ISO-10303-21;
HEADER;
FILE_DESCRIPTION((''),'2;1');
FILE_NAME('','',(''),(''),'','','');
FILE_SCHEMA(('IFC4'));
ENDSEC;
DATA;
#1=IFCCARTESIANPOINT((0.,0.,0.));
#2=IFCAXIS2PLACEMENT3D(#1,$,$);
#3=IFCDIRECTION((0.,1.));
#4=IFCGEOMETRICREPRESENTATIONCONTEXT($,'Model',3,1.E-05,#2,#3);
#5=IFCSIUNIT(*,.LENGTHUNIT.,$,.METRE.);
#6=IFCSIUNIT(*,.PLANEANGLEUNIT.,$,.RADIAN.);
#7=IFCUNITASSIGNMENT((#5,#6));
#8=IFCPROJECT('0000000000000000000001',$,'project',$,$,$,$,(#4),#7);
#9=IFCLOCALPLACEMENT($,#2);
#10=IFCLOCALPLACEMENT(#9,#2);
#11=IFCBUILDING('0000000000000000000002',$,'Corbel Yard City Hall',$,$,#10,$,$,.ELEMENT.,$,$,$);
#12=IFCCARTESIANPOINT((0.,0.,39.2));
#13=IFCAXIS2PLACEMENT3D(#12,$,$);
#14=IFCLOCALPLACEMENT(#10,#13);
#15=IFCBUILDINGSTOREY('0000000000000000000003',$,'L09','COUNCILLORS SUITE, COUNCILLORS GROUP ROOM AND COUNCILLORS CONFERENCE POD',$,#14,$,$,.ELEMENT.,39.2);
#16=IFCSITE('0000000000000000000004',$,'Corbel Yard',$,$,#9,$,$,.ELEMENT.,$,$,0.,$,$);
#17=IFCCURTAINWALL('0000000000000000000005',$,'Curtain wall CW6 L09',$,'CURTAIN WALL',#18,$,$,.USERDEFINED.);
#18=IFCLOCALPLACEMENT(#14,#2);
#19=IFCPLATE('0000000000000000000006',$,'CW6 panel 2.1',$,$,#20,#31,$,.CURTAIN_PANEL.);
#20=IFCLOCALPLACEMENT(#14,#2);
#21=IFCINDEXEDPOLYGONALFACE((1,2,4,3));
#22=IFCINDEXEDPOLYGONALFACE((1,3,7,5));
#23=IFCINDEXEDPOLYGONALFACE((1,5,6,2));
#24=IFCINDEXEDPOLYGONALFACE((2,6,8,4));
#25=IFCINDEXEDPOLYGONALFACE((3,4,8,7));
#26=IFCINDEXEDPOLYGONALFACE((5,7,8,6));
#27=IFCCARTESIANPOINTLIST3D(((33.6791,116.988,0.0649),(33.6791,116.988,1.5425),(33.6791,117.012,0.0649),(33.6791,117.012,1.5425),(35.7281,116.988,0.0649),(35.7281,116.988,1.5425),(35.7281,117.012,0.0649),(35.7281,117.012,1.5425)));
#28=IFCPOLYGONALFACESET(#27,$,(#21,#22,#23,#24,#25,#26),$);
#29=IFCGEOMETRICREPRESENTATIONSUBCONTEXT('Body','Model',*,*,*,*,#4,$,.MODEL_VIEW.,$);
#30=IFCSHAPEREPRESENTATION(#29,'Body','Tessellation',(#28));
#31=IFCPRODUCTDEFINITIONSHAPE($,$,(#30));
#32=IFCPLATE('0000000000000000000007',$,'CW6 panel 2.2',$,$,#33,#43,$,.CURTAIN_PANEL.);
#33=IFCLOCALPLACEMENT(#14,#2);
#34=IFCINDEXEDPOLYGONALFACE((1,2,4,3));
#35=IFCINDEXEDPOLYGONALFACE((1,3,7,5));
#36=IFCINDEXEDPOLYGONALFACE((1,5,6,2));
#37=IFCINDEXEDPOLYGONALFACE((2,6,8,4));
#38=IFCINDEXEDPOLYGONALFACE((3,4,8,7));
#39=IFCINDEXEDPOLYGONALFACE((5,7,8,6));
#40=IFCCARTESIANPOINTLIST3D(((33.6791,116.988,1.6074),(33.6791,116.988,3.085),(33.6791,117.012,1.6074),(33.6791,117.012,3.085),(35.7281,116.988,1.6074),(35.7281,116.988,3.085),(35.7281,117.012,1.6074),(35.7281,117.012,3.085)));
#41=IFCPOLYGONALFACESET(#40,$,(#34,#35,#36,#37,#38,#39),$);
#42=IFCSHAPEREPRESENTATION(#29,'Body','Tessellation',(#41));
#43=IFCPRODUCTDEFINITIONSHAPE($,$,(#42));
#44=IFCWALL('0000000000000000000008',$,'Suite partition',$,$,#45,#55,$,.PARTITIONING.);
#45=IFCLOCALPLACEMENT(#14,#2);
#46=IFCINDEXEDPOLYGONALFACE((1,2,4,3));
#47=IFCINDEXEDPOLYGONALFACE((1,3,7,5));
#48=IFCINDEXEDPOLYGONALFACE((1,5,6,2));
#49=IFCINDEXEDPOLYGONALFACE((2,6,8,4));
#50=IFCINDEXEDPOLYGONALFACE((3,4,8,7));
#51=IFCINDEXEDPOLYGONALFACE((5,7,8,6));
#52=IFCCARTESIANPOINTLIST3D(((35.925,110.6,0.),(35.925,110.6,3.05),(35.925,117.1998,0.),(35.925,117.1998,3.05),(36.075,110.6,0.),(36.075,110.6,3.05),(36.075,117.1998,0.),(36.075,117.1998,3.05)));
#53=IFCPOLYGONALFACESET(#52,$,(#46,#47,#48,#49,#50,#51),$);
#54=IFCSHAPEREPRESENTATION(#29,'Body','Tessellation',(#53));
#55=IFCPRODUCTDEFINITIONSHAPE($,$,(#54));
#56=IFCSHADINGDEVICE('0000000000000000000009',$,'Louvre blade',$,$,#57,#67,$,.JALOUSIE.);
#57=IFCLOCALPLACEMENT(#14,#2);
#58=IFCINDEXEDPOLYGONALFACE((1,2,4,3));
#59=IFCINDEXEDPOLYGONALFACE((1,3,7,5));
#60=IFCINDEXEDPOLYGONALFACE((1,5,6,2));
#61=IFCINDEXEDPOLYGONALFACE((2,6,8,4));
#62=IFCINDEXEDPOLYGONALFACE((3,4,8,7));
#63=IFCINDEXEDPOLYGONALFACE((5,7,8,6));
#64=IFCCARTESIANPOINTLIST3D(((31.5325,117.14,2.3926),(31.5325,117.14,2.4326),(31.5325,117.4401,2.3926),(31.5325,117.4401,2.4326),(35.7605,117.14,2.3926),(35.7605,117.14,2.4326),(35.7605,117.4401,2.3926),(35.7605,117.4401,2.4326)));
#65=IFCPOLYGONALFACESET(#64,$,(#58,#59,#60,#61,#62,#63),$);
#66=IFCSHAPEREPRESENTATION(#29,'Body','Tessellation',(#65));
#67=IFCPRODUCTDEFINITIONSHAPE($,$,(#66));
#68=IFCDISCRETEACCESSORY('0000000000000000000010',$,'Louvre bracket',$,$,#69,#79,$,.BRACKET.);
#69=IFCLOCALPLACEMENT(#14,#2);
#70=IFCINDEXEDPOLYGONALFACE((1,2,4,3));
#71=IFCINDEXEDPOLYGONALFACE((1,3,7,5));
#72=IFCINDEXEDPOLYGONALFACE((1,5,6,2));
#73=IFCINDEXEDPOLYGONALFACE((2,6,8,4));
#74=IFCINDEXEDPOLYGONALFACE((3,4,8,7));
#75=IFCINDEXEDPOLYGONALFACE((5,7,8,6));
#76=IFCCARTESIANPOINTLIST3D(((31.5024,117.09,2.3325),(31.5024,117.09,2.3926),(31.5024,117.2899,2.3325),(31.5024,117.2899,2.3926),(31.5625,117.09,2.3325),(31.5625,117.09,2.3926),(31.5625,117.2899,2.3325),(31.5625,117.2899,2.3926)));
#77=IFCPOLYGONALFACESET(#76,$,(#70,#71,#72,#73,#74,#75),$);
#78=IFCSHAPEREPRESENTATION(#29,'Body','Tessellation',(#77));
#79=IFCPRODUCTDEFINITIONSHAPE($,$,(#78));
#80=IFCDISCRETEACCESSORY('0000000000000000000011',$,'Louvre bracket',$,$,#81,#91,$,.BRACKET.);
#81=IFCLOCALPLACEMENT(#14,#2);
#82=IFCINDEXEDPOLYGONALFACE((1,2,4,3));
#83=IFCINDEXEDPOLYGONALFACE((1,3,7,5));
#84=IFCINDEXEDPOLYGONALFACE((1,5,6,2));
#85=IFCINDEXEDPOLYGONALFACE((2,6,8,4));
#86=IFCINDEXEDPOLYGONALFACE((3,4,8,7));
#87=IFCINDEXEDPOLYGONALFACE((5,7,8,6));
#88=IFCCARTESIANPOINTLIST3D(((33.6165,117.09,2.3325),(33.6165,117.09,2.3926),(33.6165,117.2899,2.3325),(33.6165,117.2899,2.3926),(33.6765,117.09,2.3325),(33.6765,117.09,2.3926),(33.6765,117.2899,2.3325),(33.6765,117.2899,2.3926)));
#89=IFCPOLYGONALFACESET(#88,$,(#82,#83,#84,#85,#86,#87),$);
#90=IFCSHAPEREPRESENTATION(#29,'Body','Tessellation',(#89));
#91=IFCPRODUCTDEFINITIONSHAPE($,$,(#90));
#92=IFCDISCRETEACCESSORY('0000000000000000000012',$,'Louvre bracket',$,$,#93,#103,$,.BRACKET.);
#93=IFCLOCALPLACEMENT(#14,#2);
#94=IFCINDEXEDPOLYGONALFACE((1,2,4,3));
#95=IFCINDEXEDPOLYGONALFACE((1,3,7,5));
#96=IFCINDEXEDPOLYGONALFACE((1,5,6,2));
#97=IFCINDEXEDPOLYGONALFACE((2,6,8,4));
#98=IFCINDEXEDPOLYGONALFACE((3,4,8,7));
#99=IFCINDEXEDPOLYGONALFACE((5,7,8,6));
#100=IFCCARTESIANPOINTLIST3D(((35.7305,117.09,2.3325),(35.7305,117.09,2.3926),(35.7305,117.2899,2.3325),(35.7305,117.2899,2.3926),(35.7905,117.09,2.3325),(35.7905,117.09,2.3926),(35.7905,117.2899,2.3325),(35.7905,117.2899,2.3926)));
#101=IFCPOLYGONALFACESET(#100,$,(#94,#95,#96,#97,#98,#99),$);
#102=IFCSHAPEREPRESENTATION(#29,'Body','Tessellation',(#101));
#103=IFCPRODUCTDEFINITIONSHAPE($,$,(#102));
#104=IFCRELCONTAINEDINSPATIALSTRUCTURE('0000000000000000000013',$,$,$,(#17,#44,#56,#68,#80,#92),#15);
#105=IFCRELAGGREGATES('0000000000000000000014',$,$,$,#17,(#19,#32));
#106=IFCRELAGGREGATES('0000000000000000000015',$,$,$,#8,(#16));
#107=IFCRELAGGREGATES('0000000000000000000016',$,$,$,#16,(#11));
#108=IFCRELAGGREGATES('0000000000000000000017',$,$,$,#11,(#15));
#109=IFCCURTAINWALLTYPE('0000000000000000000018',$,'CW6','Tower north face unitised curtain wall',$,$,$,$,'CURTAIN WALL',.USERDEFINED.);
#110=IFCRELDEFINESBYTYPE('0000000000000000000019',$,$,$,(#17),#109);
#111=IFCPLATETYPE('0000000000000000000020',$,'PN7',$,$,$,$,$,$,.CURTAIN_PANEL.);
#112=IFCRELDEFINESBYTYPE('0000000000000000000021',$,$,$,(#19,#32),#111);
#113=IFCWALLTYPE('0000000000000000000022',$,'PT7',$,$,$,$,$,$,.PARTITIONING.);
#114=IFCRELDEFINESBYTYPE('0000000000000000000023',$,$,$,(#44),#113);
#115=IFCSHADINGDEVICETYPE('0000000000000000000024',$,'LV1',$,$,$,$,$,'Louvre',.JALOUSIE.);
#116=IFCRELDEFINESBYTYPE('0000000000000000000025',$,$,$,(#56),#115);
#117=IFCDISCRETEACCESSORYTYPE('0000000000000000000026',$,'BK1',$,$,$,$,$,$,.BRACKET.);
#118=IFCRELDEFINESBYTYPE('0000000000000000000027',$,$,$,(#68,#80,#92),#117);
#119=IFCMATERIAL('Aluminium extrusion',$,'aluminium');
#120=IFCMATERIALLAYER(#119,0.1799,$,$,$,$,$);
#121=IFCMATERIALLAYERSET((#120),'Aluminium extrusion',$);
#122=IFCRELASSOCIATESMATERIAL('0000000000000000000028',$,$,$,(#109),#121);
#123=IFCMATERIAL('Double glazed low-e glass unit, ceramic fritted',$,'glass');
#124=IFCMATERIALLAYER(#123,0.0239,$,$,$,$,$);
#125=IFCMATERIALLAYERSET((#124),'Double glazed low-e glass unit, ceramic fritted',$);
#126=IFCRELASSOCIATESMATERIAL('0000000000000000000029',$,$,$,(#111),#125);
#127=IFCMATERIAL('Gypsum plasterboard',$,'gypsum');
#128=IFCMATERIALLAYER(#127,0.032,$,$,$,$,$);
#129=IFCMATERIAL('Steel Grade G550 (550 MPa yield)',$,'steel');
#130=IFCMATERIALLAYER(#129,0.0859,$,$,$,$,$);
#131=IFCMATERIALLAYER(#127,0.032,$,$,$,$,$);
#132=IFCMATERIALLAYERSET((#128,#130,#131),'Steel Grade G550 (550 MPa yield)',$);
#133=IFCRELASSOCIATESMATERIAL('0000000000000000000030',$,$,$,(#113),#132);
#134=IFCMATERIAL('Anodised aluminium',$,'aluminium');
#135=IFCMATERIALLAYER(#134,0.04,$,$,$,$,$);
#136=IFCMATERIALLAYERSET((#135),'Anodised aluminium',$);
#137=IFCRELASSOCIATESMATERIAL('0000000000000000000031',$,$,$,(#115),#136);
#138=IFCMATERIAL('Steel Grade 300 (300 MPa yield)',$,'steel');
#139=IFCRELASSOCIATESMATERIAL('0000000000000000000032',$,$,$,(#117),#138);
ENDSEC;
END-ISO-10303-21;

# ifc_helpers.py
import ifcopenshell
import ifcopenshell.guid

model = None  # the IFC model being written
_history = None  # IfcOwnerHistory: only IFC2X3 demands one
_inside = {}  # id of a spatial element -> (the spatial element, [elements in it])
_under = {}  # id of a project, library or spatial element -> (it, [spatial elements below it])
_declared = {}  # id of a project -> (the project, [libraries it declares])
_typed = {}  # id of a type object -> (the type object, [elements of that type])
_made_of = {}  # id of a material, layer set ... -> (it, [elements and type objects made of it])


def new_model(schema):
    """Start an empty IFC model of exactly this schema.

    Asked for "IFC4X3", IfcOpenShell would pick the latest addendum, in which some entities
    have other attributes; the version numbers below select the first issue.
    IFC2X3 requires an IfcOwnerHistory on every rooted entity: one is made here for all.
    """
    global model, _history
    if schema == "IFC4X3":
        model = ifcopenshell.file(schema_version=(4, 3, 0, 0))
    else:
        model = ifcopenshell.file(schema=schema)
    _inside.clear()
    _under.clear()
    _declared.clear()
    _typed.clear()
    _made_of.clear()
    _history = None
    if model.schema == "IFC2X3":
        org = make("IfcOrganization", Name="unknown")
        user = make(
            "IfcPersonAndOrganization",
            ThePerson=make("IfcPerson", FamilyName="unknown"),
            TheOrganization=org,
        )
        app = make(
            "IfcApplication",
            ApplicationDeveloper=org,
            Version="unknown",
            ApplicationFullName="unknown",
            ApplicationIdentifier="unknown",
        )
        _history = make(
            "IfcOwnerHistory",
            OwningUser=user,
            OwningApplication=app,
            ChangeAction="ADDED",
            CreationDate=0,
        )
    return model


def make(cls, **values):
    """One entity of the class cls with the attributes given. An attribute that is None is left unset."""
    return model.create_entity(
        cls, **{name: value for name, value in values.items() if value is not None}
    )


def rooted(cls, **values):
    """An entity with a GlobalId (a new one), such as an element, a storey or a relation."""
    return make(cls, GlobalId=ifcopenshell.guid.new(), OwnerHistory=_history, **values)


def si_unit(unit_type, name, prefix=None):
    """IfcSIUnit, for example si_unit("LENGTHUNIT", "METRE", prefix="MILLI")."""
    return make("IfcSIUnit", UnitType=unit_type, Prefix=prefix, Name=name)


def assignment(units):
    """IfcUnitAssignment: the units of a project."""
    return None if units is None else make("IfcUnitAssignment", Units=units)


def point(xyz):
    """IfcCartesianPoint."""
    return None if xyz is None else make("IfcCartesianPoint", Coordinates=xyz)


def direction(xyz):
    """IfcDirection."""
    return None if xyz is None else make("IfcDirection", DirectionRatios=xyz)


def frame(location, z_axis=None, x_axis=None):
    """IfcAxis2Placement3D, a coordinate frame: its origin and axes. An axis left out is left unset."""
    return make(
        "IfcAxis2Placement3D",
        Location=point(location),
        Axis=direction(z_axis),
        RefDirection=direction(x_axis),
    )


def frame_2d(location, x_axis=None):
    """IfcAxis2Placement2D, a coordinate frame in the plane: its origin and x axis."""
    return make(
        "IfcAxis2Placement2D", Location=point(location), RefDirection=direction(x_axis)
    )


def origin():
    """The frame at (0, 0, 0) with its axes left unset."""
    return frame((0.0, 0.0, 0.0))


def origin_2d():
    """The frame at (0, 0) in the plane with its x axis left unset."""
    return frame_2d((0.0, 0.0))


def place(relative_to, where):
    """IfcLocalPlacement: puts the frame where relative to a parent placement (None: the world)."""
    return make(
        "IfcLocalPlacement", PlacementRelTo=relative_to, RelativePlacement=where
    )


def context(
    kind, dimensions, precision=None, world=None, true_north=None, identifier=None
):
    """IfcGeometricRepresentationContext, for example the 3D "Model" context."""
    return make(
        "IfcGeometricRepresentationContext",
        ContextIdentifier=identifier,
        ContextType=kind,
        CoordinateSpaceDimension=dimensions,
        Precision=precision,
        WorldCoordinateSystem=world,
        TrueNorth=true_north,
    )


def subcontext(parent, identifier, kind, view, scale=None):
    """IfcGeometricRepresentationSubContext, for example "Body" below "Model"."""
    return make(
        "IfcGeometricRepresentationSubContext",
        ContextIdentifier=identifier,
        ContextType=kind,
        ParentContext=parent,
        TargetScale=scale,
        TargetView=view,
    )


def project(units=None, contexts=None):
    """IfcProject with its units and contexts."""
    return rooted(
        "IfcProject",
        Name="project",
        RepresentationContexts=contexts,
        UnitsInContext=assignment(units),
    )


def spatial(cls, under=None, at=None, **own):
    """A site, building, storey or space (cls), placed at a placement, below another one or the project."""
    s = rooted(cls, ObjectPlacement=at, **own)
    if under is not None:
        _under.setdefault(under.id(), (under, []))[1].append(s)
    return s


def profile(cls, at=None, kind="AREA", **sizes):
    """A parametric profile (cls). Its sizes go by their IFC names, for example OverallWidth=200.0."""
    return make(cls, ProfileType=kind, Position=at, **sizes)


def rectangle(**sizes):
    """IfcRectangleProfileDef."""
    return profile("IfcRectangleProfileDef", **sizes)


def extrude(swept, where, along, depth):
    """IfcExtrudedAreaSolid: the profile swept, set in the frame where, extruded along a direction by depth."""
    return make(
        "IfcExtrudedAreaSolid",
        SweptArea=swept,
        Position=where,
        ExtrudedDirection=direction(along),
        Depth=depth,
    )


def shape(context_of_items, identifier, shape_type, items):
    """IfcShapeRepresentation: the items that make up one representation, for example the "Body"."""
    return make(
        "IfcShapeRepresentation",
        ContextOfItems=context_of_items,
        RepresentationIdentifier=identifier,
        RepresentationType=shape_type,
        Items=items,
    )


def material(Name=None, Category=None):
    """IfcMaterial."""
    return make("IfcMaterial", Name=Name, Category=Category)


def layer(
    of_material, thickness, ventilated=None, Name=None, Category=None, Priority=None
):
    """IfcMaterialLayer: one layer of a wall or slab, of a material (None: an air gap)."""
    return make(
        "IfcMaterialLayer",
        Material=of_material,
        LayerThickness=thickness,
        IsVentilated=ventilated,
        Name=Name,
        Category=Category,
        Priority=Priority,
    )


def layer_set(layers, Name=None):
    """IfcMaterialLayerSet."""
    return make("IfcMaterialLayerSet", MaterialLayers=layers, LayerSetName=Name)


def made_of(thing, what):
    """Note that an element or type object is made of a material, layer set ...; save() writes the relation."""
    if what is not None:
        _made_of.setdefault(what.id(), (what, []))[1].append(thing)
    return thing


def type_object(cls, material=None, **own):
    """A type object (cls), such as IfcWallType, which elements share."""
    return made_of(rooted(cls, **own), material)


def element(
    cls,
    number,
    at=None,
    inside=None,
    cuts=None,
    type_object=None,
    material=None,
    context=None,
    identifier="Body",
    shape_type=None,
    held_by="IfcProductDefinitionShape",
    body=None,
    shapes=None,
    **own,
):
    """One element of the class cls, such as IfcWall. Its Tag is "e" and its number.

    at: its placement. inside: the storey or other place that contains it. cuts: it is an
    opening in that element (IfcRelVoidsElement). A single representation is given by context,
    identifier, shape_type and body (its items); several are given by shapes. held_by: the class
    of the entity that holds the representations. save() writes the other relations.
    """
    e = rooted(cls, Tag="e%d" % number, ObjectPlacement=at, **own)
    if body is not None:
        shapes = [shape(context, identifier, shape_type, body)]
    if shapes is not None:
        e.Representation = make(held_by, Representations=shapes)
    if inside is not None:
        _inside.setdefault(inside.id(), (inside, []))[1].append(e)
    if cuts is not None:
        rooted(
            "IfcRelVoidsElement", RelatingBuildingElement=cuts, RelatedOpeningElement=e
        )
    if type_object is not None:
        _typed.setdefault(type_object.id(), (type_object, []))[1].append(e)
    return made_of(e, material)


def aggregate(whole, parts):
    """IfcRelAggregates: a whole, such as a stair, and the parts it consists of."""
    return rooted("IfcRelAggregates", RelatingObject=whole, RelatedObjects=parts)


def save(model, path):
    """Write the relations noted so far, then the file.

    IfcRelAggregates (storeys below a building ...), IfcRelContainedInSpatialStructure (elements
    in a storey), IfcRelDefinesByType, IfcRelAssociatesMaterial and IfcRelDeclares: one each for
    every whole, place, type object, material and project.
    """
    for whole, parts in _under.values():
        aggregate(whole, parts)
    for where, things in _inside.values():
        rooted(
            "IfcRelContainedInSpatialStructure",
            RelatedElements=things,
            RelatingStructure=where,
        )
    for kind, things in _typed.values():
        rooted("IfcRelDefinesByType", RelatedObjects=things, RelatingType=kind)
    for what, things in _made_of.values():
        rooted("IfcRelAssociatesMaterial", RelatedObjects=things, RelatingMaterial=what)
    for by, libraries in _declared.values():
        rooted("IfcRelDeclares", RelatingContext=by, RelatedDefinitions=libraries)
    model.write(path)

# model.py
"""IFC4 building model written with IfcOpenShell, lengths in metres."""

from ifc_helpers import new_model, si_unit, direction, frame, frame_2d, origin, origin_2d, place, context, subcontext, project, spatial, rectangle, extrude, material, layer, layer_set, type_object, element, aggregate, save


model = new_model("IFC4")

# Units and contexts
model_context = context("Model", 3, precision=1e-05, world=origin(), true_north=direction((0.0, 1.0)))
body_context = subcontext(model_context, "Body", "Model", "MODEL_VIEW")
ifc_project = project(units=[si_unit("LENGTHUNIT", "METRE"), si_unit("PLANEANGLEUNIT", "RADIAN")], contexts=[model_context])

# Site, building, storey
site_placement = place(None, origin())
site = spatial("IfcSite", under=ifc_project, at=site_placement, Name="Corbel Yard", CompositionType="ELEMENT", RefElevation=0.0)
building_placement = place(site_placement, origin())
building = spatial("IfcBuilding", under=site, at=building_placement, Name="Corbel Yard City Hall", CompositionType="ELEMENT")
storey_placement = place(building_placement, frame((0.0, 0.0, 39.2)))
storey = spatial("IfcBuildingStorey", under=building, at=storey_placement, Name="L09", Description="COUNCILLORS SUITE, COUNCILLORS GROUP ROOM AND COUNCILLORS CONFERENCE POD", CompositionType="ELEMENT", Elevation=39.2)

# Curtain wall
ifc_material_1 = material(Name="Aluminium extrusion", Category="aluminium")
ifc_layer_1 = layer(ifc_material_1, 0.1799)
ifc_layer_set_1 = layer_set([ifc_layer_1], Name="Aluminium extrusion")
curtain_wall_type = type_object("IfcCurtainWallType", Name="CW6", Description="Tower north face unitised curtain wall", ElementType="CURTAIN WALL", PredefinedType="USERDEFINED", material=ifc_layer_set_1)
curtain_wall_placement = place(storey_placement, origin())
curtain_wall = element("IfcCurtainWall", 1, at=curtain_wall_placement, inside=storey, type_object=curtain_wall_type, Name="Curtain wall CW6 L09", ObjectType="CURTAIN WALL", PredefinedType="USERDEFINED")

# Shared definitions
ifc_material_2 = material(Name="Steel Grade 300 (300 MPa yield)", Category="steel")

# Plates
ifc_material_3 = material(Name="Double glazed low-e glass unit, ceramic fritted", Category="glass")
ifc_layer_2 = layer(ifc_material_3, 0.0239)
ifc_layer_set_2 = layer_set([ifc_layer_2], Name="Double glazed low-e glass unit, ceramic fritted")
plate_type = type_object("IfcPlateType", Name="PN7", PredefinedType="CURTAIN_PANEL", material=ifc_layer_set_2)
plate_1_placement = place(storey_placement, frame((34.7036, 117.0, 0.0649), z_axis=(0.0, 0.0, 1.0), x_axis=(1.0, 0.0, 0.0)))
plate_1 = element("IfcPlate", 2, at=plate_1_placement, type_object=plate_type, Name="CW6 panel 2.1", PredefinedType="CURTAIN_PANEL", context=body_context, shape_type="SweptSolid", body=[
    extrude(rectangle(XDim=2.0491, YDim=0.0239, at=origin_2d()), origin(), (0.0, 0.0, 1.0), 1.4775),
])
plate_2_placement = place(storey_placement, frame((34.7036, 117.0, 1.6074), z_axis=(0.0, 0.0, 1.0), x_axis=(1.0, 0.0, 0.0)))
plate_2 = element("IfcPlate", 3, at=plate_2_placement, type_object=plate_type, Name="CW6 panel 2.2", PredefinedType="CURTAIN_PANEL", context=body_context, shape_type="SweptSolid", body=[
    extrude(rectangle(XDim=2.0491, YDim=0.0239, at=origin_2d()), origin(), (0.0, 0.0, 1.0), 1.4775),
])
aggregate(curtain_wall, [plate_1, plate_2])

# Wall
ifc_material_4 = material(Name="Gypsum plasterboard", Category="gypsum")
ifc_layer_3 = layer(ifc_material_4, 0.032)
ifc_material_5 = material(Name="Steel Grade G550 (550 MPa yield)", Category="steel")
ifc_layer_4 = layer(ifc_material_5, 0.0859)
ifc_layer_5 = layer(ifc_material_4, 0.032)
ifc_layer_set_3 = layer_set([ifc_layer_3, ifc_layer_4, ifc_layer_5], Name="Steel Grade G550 (550 MPa yield)")
wall_type = type_object("IfcWallType", Name="PT7", PredefinedType="PARTITIONING", material=ifc_layer_set_3)
wall_placement = place(storey_placement, frame((36.0, 110.6001, 0.0), z_axis=(0.0, 0.0, 1.0), x_axis=(0.0, 1.0, 0.0)))
element("IfcWall", 4, at=wall_placement, inside=storey, type_object=wall_type, Name="Suite partition", PredefinedType="PARTITIONING", context=body_context, shape_type="SweptSolid", body=[
    extrude(rectangle(XDim=6.5999, YDim=0.1499, at=frame_2d((3.2998, 0.0))), origin(), (0.0, 0.0, 1.0), 3.05),
])

# Shading device
ifc_material_6 = material(Name="Anodised aluminium", Category="aluminium")
ifc_layer_6 = layer(ifc_material_6, 0.04)
ifc_layer_set_4 = layer_set([ifc_layer_6], Name="Anodised aluminium")
shading_device_type = type_object("IfcShadingDeviceType", Name="LV1", ElementType="Louvre", PredefinedType="JALOUSIE", material=ifc_layer_set_4)
shading_device_placement = place(storey_placement, frame((33.6465, 117.29, 2.3926), z_axis=(0.0, 0.0, 1.0), x_axis=(1.0, 0.0, 0.0)))
element("IfcShadingDevice", 5, at=shading_device_placement, inside=storey, type_object=shading_device_type, Name="Louvre blade", PredefinedType="JALOUSIE", context=body_context, shape_type="SweptSolid", body=[
    extrude(rectangle(XDim=4.228, YDim=0.3, at=origin_2d()), origin(), (0.0, 0.0, 1.0), 0.04),
])

# Discrete accessories
discrete_accessory_type = type_object("IfcDiscreteAccessoryType", Name="BK1", PredefinedType="BRACKET", material=ifc_material_2)
for number, where, z_axis, x_axis, name in (
    (6, (31.5325, 117.1899, 2.3325), (0.0, 0.0, 1.0), (1.0, 0.0, 0.0), "Louvre bracket"),
    (7, (33.6465, 117.1899, 2.3325), (0.0, 0.0, 1.0), (1.0, 0.0, 0.0), "Louvre bracket"),
    (8, (35.7605, 117.1899, 2.3325), (0.0, 0.0, 1.0), (1.0, 0.0, 0.0), "Louvre bracket"),
):
    element("IfcDiscreteAccessory", number, at=place(storey_placement, frame(where, z_axis=z_axis, x_axis=x_axis)), inside=storey, type_object=discrete_accessory_type, Name=name, PredefinedType="BRACKET", context=body_context, shape_type="SweptSolid", body=[
        extrude(rectangle(XDim=0.0601, YDim=0.2, at=origin_2d()), origin(), (0.0, 0.0, 1.0), 0.0601),
    ])

save(model, "model.ifc")
